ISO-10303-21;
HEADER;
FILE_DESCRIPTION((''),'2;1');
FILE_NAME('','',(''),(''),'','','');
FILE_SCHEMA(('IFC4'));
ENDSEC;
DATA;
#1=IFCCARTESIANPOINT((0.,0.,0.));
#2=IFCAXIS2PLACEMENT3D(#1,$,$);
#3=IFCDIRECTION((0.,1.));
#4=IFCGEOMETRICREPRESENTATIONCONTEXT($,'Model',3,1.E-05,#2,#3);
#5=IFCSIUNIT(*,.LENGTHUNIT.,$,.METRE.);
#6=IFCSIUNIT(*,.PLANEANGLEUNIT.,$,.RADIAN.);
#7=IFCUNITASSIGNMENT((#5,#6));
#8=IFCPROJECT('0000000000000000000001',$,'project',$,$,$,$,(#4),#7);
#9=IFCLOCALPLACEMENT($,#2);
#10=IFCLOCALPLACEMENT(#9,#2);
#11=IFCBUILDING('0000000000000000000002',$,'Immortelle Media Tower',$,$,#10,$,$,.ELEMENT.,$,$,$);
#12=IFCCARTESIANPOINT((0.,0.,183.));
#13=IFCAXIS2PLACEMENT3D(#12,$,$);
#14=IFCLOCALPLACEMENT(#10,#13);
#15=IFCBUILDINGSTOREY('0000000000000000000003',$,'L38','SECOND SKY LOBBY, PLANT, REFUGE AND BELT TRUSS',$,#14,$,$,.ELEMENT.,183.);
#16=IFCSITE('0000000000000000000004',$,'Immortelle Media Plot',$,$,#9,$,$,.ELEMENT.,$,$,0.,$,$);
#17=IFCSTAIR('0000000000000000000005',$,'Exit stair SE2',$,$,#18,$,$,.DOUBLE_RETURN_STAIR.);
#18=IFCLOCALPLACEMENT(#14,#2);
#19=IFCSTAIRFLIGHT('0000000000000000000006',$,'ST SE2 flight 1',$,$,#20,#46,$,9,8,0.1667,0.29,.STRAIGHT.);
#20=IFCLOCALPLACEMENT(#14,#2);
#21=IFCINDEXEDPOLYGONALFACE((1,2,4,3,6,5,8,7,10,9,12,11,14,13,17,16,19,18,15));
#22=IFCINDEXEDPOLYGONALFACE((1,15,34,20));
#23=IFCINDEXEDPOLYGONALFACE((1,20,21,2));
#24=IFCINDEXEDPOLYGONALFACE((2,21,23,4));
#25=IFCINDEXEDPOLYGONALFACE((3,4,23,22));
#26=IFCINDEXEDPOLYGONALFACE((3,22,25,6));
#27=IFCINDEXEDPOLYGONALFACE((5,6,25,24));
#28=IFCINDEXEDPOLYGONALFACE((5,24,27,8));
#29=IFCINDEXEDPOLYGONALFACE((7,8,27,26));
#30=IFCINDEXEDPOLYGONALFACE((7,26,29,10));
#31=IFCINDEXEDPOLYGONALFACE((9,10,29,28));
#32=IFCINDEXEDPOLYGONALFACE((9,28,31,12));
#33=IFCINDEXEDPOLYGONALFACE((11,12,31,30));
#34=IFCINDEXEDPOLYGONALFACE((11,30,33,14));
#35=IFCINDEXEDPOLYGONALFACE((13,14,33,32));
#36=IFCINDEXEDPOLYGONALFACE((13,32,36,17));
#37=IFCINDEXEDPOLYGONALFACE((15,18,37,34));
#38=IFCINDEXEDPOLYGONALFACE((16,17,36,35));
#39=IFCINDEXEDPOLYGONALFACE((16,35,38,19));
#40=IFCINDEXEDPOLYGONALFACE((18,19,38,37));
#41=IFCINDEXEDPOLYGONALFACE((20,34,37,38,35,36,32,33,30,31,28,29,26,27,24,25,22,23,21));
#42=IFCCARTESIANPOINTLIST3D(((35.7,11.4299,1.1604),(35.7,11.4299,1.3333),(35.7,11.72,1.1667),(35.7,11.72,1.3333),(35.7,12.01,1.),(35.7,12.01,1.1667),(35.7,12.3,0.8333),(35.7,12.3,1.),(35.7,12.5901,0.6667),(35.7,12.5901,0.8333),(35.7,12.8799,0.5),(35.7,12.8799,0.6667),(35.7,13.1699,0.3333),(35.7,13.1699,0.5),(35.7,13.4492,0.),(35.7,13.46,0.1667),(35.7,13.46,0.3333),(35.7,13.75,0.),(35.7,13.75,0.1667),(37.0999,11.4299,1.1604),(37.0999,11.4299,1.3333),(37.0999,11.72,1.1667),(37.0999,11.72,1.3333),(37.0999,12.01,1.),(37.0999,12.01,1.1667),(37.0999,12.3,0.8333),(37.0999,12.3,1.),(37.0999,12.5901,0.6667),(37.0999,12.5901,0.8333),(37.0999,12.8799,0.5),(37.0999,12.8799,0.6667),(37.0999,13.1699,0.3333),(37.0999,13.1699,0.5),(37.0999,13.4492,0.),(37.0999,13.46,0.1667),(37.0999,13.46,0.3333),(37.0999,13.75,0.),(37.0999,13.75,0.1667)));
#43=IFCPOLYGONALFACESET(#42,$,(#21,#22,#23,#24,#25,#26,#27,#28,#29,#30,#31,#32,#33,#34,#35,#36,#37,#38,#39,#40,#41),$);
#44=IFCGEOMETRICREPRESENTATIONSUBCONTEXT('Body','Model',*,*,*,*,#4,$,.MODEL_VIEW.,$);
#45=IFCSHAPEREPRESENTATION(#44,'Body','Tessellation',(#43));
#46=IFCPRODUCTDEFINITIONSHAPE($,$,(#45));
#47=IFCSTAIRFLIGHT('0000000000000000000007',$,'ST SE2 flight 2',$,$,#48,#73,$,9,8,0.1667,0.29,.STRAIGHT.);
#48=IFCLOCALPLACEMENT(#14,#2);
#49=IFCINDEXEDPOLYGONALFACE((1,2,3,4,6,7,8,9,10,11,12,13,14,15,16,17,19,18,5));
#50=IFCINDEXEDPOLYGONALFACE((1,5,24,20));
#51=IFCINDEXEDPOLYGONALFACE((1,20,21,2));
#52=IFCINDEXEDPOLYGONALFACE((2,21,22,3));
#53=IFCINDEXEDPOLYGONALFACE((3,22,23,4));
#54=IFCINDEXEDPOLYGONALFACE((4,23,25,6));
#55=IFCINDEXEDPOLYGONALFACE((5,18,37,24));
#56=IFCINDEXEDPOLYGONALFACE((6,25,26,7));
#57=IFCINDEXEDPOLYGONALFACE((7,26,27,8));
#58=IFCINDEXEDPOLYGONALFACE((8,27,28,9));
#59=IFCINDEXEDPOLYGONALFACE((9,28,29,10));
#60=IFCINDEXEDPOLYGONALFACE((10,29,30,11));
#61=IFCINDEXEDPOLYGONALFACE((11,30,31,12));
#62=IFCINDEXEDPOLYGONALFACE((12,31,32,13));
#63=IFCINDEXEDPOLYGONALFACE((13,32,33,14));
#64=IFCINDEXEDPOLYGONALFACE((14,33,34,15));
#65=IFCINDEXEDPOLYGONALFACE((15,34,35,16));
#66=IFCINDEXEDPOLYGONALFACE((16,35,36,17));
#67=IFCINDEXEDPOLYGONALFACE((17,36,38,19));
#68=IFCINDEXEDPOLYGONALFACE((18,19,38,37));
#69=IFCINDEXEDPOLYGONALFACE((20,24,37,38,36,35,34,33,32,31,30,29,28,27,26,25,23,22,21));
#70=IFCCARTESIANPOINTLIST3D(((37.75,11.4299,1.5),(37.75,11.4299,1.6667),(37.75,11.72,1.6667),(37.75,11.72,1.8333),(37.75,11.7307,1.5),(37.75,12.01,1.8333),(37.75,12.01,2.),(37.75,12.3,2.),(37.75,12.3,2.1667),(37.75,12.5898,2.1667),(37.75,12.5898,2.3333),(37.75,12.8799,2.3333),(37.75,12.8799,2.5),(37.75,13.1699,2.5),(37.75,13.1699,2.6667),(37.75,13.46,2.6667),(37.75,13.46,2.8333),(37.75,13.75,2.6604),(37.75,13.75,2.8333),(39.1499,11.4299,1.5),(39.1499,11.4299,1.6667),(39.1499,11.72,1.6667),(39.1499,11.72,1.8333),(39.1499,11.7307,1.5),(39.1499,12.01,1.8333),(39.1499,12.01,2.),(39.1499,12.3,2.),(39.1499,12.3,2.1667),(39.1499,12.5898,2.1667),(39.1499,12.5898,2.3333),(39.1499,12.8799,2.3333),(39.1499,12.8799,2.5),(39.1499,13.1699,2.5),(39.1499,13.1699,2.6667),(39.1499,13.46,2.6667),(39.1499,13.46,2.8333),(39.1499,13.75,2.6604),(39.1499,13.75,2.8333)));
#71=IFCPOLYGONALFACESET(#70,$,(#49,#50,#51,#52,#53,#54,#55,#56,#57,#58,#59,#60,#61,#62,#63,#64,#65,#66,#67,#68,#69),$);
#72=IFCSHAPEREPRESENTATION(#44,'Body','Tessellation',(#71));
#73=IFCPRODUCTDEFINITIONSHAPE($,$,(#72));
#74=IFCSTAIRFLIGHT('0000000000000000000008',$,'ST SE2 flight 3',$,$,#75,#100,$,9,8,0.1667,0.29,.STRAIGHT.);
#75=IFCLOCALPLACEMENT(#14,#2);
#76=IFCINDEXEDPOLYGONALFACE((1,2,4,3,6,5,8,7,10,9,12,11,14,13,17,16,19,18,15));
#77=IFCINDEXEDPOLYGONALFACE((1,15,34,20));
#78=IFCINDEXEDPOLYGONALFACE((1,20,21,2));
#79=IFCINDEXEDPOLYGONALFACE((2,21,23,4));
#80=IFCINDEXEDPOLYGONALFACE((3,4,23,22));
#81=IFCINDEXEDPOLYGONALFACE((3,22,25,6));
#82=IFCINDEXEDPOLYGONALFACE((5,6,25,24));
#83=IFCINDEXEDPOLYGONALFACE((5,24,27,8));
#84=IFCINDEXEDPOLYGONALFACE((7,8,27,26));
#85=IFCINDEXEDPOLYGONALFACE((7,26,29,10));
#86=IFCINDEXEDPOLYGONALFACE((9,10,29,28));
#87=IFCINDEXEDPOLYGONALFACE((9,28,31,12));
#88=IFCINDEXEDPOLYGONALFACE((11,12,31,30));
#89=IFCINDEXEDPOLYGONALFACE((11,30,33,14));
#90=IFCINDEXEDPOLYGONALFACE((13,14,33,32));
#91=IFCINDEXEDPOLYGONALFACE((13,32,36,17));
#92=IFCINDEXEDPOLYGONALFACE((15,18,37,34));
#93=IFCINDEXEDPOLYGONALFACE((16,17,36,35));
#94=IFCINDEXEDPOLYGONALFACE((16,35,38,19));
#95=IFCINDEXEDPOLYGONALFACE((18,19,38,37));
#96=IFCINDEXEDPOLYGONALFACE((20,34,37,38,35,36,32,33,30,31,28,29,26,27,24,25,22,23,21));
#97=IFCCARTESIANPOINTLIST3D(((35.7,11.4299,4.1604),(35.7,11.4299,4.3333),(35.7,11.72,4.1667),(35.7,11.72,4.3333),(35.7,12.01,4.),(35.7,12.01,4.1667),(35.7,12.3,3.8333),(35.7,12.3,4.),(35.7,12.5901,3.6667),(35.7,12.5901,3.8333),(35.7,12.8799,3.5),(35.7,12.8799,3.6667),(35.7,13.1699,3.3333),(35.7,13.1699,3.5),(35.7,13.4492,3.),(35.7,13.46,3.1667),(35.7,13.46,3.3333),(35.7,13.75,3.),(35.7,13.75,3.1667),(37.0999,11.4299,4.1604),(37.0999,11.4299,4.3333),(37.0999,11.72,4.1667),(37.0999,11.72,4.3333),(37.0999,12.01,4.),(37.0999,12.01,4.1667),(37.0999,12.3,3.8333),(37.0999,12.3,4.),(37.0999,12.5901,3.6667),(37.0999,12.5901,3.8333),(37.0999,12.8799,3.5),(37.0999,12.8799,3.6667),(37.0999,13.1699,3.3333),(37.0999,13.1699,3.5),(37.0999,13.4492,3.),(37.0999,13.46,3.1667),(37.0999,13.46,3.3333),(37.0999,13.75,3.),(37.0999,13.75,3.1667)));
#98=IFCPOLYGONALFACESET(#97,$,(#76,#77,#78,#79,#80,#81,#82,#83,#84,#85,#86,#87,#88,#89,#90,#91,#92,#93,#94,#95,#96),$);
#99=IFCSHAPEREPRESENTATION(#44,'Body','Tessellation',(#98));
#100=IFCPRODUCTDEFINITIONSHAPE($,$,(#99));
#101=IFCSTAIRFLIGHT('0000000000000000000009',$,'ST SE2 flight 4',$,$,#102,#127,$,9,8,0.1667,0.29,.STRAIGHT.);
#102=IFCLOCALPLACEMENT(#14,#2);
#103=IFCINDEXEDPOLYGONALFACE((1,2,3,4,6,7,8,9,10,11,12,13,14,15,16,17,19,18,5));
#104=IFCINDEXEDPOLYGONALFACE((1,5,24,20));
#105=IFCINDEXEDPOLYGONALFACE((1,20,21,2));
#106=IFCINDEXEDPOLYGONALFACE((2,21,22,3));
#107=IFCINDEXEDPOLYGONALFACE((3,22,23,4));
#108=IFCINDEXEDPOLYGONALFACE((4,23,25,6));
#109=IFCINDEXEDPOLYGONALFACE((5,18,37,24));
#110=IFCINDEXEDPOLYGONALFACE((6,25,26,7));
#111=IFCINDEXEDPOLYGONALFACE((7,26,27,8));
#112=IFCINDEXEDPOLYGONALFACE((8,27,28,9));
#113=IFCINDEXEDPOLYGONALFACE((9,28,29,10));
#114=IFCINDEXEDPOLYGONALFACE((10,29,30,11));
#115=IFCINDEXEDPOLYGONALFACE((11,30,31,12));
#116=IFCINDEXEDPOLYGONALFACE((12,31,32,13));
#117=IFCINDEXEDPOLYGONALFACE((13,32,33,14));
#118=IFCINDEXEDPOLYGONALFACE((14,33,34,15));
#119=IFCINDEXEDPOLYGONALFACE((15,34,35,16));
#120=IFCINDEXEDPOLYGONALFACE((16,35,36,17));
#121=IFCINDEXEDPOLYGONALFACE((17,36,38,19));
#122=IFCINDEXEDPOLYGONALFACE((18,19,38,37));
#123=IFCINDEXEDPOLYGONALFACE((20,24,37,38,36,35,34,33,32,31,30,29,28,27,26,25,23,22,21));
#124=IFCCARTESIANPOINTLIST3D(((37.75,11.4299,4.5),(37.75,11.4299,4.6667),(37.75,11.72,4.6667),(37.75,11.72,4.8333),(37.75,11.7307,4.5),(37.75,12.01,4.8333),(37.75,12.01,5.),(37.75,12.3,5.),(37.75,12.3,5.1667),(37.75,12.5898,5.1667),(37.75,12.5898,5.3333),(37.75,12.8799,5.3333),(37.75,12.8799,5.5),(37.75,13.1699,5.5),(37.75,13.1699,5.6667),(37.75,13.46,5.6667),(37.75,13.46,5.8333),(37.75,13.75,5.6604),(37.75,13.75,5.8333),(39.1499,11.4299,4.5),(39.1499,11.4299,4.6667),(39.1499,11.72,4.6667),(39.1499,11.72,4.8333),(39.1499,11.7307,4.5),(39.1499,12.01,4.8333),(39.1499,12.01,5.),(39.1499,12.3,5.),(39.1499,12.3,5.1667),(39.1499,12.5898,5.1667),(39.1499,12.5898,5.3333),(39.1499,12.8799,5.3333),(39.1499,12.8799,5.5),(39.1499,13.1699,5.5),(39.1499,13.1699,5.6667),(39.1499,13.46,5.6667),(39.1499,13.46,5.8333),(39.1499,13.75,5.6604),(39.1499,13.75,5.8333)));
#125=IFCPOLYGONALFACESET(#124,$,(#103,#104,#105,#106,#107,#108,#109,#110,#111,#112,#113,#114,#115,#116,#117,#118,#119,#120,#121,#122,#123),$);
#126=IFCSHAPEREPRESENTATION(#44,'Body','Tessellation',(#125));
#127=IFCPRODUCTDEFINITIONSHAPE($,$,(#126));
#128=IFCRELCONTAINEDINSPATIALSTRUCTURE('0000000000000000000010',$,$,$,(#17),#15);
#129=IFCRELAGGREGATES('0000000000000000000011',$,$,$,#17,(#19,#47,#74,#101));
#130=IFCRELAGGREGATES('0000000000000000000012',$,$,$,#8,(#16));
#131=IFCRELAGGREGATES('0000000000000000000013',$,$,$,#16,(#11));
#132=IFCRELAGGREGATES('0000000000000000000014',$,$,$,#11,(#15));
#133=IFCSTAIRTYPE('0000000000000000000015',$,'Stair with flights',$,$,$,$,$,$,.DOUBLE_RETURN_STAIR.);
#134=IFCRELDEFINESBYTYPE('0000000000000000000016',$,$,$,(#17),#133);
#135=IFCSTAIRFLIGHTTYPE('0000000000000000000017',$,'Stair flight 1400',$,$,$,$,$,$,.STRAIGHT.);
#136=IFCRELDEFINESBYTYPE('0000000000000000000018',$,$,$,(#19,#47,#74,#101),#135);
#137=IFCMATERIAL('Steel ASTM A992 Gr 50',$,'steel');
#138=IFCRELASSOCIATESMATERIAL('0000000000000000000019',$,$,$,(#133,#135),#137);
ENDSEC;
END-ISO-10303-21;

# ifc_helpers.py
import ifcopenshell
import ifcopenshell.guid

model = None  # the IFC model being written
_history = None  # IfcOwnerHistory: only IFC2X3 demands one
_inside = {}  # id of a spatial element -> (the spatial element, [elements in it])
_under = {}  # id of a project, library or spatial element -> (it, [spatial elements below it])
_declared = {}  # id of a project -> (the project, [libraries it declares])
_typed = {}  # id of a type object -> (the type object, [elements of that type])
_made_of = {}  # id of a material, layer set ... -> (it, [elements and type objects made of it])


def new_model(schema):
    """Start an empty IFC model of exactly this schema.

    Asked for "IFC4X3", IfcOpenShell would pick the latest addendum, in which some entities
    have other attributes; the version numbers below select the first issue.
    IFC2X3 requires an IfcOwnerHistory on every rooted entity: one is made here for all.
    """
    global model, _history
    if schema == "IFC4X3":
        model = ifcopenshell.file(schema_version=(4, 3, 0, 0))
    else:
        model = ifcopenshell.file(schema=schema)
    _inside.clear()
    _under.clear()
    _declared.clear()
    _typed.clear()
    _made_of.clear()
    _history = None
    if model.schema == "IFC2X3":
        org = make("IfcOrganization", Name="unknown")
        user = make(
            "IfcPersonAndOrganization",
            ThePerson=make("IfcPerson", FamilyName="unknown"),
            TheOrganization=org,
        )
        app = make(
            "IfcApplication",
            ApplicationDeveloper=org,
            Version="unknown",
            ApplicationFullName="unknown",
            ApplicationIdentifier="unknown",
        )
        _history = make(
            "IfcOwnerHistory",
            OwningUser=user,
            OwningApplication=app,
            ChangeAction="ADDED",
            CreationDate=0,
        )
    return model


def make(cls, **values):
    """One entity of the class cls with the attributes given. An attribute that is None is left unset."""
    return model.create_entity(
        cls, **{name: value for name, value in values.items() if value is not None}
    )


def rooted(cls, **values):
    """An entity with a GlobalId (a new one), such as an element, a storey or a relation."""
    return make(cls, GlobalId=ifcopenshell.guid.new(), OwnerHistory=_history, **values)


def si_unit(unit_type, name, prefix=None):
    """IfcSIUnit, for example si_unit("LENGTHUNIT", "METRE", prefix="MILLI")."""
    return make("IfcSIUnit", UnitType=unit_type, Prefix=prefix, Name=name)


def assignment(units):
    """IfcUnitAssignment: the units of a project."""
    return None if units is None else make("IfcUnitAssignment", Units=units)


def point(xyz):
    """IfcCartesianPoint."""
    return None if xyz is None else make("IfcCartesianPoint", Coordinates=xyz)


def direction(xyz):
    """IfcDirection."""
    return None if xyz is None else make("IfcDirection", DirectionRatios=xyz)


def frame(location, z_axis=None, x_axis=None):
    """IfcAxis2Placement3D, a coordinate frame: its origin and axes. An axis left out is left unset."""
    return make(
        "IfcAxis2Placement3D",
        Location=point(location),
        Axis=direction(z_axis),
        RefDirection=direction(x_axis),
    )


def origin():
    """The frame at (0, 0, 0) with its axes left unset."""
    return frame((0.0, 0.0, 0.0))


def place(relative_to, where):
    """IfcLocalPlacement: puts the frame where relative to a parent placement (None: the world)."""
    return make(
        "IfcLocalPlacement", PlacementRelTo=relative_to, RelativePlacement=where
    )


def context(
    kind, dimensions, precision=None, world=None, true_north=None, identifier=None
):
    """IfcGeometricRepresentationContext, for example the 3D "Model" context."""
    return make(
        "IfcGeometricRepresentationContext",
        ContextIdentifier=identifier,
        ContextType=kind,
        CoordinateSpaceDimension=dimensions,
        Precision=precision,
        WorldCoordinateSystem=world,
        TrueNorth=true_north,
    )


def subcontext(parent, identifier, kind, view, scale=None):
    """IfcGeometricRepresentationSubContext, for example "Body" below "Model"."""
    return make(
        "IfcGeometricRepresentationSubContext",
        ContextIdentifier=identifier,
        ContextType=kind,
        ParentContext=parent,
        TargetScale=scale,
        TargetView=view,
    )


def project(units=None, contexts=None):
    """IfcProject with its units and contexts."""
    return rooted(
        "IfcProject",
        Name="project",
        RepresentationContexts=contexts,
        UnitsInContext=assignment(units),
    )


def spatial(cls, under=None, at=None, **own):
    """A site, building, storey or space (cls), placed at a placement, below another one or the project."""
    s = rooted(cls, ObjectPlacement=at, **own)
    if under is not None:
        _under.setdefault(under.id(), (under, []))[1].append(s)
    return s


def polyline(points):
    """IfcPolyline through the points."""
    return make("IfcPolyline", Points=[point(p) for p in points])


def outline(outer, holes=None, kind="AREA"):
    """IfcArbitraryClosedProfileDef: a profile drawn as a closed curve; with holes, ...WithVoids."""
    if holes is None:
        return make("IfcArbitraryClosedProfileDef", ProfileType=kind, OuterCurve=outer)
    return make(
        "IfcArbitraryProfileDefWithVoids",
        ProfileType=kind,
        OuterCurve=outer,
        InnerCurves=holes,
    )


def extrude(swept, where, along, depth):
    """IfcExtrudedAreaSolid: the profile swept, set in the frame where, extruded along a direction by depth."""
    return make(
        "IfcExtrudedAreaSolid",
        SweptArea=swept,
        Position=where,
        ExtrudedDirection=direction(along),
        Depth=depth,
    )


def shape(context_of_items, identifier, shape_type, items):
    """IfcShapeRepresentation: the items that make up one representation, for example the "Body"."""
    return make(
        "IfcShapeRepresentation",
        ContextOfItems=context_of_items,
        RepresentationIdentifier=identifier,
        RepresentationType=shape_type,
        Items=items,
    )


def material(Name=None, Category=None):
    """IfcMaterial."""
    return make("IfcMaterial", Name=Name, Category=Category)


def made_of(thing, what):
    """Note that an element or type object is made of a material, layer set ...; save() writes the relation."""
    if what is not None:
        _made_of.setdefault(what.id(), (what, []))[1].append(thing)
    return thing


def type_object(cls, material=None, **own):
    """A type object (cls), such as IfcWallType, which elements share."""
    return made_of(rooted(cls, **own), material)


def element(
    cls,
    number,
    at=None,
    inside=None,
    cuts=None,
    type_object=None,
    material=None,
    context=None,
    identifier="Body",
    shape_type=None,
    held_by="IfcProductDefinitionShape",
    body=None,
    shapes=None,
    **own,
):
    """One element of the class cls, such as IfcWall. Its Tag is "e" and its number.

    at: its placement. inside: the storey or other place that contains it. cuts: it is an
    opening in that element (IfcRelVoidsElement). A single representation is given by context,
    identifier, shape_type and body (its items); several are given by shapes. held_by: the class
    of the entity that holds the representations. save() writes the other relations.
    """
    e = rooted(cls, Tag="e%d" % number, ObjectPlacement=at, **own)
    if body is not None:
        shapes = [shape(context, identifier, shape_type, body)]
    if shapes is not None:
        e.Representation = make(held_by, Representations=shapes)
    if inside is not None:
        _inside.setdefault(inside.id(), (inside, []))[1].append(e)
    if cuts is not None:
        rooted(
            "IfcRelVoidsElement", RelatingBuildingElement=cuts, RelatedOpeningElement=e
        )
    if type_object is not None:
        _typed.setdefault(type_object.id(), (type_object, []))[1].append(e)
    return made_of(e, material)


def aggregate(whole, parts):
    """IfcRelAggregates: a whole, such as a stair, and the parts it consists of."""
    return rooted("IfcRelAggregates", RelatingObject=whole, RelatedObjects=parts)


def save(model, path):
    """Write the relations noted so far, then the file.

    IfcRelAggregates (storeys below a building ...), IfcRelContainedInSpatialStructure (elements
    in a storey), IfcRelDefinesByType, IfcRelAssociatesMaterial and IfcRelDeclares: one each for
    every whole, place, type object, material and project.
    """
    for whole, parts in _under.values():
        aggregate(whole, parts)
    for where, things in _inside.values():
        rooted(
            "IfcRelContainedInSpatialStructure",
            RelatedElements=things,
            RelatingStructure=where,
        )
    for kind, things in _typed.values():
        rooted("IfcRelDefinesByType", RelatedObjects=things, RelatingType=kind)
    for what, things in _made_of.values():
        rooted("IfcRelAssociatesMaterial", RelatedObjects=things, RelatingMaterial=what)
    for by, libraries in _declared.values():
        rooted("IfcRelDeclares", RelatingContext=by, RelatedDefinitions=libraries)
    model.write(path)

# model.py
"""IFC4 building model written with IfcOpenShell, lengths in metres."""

from ifc_helpers import new_model, si_unit, direction, frame, origin, place, context, subcontext, project, spatial, polyline, outline, extrude, material, type_object, element, aggregate, save


model = new_model("IFC4")

# Units and contexts
model_context = context("Model", 3, precision=1e-05, world=origin(), true_north=direction((0.0, 1.0)))
body_context = subcontext(model_context, "Body", "Model", "MODEL_VIEW")
ifc_project = project(units=[si_unit("LENGTHUNIT", "METRE"), si_unit("PLANEANGLEUNIT", "RADIAN")], contexts=[model_context])

# Site, building, storey
site_placement = place(None, origin())
site = spatial("IfcSite", under=ifc_project, at=site_placement, Name="Immortelle Media Plot", CompositionType="ELEMENT", RefElevation=0.0)
building_placement = place(site_placement, origin())
building = spatial("IfcBuilding", under=site, at=building_placement, Name="Immortelle Media Tower", CompositionType="ELEMENT")
storey_placement = place(building_placement, frame((0.0, 0.0, 183.0)))
storey = spatial("IfcBuildingStorey", under=building, at=storey_placement, Name="L38", Description="SECOND SKY LOBBY, PLANT, REFUGE AND BELT TRUSS", CompositionType="ELEMENT", Elevation=183.0)

# Shared definitions
ifc_material_1 = material(Name="Steel ASTM A992 Gr 50", Category="steel")

# Stair, stair flights
stair_type = type_object("IfcStairType", Name="Stair with flights", PredefinedType="DOUBLE_RETURN_STAIR", material=ifc_material_1)
stair_flight_type = type_object("IfcStairFlightType", Name="Stair flight 1400", PredefinedType="STRAIGHT", material=ifc_material_1)
stair_1_placement = place(storey_placement, origin())
stair_1 = element("IfcStair", 1, at=stair_1_placement, inside=storey, type_object=stair_type, Name="Exit stair SE2", PredefinedType="DOUBLE_RETURN_STAIR")
stair_flight_1_placement = place(storey_placement, frame((36.3999, 13.75, 0.0), z_axis=(0.0, 0.0, 1.0), x_axis=(0.0, -1.0, 0.0)))
stair_flight_1 = element("IfcStairFlight", 2, at=stair_flight_1_placement, type_object=stair_flight_type, Name="ST SE2 flight 1", NumberOfRisers=9, NumberOfTreads=8, PredefinedType="STRAIGHT", RiserHeight=0.1667, TreadLength=0.29, context=body_context, shape_type="SweptSolid", body=[
    extrude(outline(polyline([(0.0, 0.0), (0.0, 0.1667), (0.29, 0.1667), (0.29, 0.3333), (0.5801, 0.3333), (0.5801, 0.5), (0.8701, 0.5), (0.8701, 0.6667), (1.1599, 0.6667), (1.1599, 0.8333), (1.45, 0.8333), (1.45, 1.0), (1.74, 1.0), (1.74, 1.1667), (2.03, 1.1667), (2.03, 1.3333), (2.3201, 1.3333), (2.3201, 1.5), (2.3201, 1.1604), (0.3008, 0.0), (0.0, 0.0)])), frame((0.0, 0.7, 0.0), z_axis=(0.0, -1.0, 0.0), x_axis=(1.0, 0.0, 0.0)), (0.0, 0.0, 1.0), 1.3999),
])
stair_flight_2_placement = place(storey_placement, frame((38.45, 11.4299, 1.5), z_axis=(0.0, 0.0, 1.0), x_axis=(0.0, 1.0, 0.0)))
stair_flight_2 = element("IfcStairFlight", 3, at=stair_flight_2_placement, type_object=stair_flight_type, Name="ST SE2 flight 2", NumberOfRisers=9, NumberOfTreads=8, PredefinedType="STRAIGHT", RiserHeight=0.1667, TreadLength=0.29, context=body_context, shape_type="SweptSolid", body=[
    extrude(outline(polyline([(0.0, 0.0), (0.0, 0.1667), (0.29, 0.1667), (0.29, 0.3333), (0.5801, 0.3333), (0.5801, 0.5), (0.8701, 0.5), (0.8701, 0.6667), (1.1599, 0.6667), (1.1599, 0.8333), (1.45, 0.8333), (1.45, 1.0), (1.74, 1.0), (1.74, 1.1667), (2.03, 1.1667), (2.03, 1.3333), (2.3201, 1.3333), (2.3201, 1.5), (2.3201, 1.1604), (0.3008, 0.0), (0.0, 0.0)])), frame((0.0, 0.7, 0.0), z_axis=(0.0, -1.0, 0.0), x_axis=(1.0, 0.0, 0.0)), (0.0, 0.0, 1.0), 1.3999),
])
stair_flight_3_placement = place(storey_placement, frame((36.3999, 13.75, 3.0), z_axis=(0.0, 0.0, 1.0), x_axis=(0.0, -1.0, 0.0)))
stair_flight_3 = element("IfcStairFlight", 4, at=stair_flight_3_placement, type_object=stair_flight_type, Name="ST SE2 flight 3", NumberOfRisers=9, NumberOfTreads=8, PredefinedType="STRAIGHT", RiserHeight=0.1667, TreadLength=0.29, context=body_context, shape_type="SweptSolid", body=[
    extrude(outline(polyline([(0.0, 0.0), (0.0, 0.1667), (0.29, 0.1667), (0.29, 0.3333), (0.5801, 0.3333), (0.5801, 0.5), (0.8701, 0.5), (0.8701, 0.6667), (1.1599, 0.6667), (1.1599, 0.8333), (1.45, 0.8333), (1.45, 1.0), (1.74, 1.0), (1.74, 1.1667), (2.03, 1.1667), (2.03, 1.3333), (2.3201, 1.3333), (2.3201, 1.5), (2.3201, 1.1604), (0.3008, 0.0), (0.0, 0.0)])), frame((0.0, 0.7, 0.0), z_axis=(0.0, -1.0, 0.0), x_axis=(1.0, 0.0, 0.0)), (0.0, 0.0, 1.0), 1.3999),
])
stair_flight_4_placement = place(storey_placement, frame((38.45, 11.4299, 4.5), z_axis=(0.0, 0.0, 1.0), x_axis=(0.0, 1.0, 0.0)))
stair_flight_4 = element("IfcStairFlight", 5, at=stair_flight_4_placement, type_object=stair_flight_type, Name="ST SE2 flight 4", NumberOfRisers=9, NumberOfTreads=8, PredefinedType="STRAIGHT", RiserHeight=0.1667, TreadLength=0.29, context=body_context, shape_type="SweptSolid", body=[
    extrude(outline(polyline([(0.0, 0.0), (0.0, 0.1667), (0.29, 0.1667), (0.29, 0.3333), (0.5801, 0.3333), (0.5801, 0.5), (0.8701, 0.5), (0.8701, 0.6667), (1.1599, 0.6667), (1.1599, 0.8333), (1.45, 0.8333), (1.45, 1.0), (1.74, 1.0), (1.74, 1.1667), (2.03, 1.1667), (2.03, 1.3333), (2.3201, 1.3333), (2.3201, 1.5), (2.3201, 1.1604), (0.3008, 0.0), (0.0, 0.0)])), frame((0.0, 0.7, 0.0), z_axis=(0.0, -1.0, 0.0), x_axis=(1.0, 0.0, 0.0)), (0.0, 0.0, 1.0), 1.3999),
])
aggregate(stair_1, [stair_flight_1, stair_flight_2, stair_flight_3, stair_flight_4])

save(model, "model.ifc")
